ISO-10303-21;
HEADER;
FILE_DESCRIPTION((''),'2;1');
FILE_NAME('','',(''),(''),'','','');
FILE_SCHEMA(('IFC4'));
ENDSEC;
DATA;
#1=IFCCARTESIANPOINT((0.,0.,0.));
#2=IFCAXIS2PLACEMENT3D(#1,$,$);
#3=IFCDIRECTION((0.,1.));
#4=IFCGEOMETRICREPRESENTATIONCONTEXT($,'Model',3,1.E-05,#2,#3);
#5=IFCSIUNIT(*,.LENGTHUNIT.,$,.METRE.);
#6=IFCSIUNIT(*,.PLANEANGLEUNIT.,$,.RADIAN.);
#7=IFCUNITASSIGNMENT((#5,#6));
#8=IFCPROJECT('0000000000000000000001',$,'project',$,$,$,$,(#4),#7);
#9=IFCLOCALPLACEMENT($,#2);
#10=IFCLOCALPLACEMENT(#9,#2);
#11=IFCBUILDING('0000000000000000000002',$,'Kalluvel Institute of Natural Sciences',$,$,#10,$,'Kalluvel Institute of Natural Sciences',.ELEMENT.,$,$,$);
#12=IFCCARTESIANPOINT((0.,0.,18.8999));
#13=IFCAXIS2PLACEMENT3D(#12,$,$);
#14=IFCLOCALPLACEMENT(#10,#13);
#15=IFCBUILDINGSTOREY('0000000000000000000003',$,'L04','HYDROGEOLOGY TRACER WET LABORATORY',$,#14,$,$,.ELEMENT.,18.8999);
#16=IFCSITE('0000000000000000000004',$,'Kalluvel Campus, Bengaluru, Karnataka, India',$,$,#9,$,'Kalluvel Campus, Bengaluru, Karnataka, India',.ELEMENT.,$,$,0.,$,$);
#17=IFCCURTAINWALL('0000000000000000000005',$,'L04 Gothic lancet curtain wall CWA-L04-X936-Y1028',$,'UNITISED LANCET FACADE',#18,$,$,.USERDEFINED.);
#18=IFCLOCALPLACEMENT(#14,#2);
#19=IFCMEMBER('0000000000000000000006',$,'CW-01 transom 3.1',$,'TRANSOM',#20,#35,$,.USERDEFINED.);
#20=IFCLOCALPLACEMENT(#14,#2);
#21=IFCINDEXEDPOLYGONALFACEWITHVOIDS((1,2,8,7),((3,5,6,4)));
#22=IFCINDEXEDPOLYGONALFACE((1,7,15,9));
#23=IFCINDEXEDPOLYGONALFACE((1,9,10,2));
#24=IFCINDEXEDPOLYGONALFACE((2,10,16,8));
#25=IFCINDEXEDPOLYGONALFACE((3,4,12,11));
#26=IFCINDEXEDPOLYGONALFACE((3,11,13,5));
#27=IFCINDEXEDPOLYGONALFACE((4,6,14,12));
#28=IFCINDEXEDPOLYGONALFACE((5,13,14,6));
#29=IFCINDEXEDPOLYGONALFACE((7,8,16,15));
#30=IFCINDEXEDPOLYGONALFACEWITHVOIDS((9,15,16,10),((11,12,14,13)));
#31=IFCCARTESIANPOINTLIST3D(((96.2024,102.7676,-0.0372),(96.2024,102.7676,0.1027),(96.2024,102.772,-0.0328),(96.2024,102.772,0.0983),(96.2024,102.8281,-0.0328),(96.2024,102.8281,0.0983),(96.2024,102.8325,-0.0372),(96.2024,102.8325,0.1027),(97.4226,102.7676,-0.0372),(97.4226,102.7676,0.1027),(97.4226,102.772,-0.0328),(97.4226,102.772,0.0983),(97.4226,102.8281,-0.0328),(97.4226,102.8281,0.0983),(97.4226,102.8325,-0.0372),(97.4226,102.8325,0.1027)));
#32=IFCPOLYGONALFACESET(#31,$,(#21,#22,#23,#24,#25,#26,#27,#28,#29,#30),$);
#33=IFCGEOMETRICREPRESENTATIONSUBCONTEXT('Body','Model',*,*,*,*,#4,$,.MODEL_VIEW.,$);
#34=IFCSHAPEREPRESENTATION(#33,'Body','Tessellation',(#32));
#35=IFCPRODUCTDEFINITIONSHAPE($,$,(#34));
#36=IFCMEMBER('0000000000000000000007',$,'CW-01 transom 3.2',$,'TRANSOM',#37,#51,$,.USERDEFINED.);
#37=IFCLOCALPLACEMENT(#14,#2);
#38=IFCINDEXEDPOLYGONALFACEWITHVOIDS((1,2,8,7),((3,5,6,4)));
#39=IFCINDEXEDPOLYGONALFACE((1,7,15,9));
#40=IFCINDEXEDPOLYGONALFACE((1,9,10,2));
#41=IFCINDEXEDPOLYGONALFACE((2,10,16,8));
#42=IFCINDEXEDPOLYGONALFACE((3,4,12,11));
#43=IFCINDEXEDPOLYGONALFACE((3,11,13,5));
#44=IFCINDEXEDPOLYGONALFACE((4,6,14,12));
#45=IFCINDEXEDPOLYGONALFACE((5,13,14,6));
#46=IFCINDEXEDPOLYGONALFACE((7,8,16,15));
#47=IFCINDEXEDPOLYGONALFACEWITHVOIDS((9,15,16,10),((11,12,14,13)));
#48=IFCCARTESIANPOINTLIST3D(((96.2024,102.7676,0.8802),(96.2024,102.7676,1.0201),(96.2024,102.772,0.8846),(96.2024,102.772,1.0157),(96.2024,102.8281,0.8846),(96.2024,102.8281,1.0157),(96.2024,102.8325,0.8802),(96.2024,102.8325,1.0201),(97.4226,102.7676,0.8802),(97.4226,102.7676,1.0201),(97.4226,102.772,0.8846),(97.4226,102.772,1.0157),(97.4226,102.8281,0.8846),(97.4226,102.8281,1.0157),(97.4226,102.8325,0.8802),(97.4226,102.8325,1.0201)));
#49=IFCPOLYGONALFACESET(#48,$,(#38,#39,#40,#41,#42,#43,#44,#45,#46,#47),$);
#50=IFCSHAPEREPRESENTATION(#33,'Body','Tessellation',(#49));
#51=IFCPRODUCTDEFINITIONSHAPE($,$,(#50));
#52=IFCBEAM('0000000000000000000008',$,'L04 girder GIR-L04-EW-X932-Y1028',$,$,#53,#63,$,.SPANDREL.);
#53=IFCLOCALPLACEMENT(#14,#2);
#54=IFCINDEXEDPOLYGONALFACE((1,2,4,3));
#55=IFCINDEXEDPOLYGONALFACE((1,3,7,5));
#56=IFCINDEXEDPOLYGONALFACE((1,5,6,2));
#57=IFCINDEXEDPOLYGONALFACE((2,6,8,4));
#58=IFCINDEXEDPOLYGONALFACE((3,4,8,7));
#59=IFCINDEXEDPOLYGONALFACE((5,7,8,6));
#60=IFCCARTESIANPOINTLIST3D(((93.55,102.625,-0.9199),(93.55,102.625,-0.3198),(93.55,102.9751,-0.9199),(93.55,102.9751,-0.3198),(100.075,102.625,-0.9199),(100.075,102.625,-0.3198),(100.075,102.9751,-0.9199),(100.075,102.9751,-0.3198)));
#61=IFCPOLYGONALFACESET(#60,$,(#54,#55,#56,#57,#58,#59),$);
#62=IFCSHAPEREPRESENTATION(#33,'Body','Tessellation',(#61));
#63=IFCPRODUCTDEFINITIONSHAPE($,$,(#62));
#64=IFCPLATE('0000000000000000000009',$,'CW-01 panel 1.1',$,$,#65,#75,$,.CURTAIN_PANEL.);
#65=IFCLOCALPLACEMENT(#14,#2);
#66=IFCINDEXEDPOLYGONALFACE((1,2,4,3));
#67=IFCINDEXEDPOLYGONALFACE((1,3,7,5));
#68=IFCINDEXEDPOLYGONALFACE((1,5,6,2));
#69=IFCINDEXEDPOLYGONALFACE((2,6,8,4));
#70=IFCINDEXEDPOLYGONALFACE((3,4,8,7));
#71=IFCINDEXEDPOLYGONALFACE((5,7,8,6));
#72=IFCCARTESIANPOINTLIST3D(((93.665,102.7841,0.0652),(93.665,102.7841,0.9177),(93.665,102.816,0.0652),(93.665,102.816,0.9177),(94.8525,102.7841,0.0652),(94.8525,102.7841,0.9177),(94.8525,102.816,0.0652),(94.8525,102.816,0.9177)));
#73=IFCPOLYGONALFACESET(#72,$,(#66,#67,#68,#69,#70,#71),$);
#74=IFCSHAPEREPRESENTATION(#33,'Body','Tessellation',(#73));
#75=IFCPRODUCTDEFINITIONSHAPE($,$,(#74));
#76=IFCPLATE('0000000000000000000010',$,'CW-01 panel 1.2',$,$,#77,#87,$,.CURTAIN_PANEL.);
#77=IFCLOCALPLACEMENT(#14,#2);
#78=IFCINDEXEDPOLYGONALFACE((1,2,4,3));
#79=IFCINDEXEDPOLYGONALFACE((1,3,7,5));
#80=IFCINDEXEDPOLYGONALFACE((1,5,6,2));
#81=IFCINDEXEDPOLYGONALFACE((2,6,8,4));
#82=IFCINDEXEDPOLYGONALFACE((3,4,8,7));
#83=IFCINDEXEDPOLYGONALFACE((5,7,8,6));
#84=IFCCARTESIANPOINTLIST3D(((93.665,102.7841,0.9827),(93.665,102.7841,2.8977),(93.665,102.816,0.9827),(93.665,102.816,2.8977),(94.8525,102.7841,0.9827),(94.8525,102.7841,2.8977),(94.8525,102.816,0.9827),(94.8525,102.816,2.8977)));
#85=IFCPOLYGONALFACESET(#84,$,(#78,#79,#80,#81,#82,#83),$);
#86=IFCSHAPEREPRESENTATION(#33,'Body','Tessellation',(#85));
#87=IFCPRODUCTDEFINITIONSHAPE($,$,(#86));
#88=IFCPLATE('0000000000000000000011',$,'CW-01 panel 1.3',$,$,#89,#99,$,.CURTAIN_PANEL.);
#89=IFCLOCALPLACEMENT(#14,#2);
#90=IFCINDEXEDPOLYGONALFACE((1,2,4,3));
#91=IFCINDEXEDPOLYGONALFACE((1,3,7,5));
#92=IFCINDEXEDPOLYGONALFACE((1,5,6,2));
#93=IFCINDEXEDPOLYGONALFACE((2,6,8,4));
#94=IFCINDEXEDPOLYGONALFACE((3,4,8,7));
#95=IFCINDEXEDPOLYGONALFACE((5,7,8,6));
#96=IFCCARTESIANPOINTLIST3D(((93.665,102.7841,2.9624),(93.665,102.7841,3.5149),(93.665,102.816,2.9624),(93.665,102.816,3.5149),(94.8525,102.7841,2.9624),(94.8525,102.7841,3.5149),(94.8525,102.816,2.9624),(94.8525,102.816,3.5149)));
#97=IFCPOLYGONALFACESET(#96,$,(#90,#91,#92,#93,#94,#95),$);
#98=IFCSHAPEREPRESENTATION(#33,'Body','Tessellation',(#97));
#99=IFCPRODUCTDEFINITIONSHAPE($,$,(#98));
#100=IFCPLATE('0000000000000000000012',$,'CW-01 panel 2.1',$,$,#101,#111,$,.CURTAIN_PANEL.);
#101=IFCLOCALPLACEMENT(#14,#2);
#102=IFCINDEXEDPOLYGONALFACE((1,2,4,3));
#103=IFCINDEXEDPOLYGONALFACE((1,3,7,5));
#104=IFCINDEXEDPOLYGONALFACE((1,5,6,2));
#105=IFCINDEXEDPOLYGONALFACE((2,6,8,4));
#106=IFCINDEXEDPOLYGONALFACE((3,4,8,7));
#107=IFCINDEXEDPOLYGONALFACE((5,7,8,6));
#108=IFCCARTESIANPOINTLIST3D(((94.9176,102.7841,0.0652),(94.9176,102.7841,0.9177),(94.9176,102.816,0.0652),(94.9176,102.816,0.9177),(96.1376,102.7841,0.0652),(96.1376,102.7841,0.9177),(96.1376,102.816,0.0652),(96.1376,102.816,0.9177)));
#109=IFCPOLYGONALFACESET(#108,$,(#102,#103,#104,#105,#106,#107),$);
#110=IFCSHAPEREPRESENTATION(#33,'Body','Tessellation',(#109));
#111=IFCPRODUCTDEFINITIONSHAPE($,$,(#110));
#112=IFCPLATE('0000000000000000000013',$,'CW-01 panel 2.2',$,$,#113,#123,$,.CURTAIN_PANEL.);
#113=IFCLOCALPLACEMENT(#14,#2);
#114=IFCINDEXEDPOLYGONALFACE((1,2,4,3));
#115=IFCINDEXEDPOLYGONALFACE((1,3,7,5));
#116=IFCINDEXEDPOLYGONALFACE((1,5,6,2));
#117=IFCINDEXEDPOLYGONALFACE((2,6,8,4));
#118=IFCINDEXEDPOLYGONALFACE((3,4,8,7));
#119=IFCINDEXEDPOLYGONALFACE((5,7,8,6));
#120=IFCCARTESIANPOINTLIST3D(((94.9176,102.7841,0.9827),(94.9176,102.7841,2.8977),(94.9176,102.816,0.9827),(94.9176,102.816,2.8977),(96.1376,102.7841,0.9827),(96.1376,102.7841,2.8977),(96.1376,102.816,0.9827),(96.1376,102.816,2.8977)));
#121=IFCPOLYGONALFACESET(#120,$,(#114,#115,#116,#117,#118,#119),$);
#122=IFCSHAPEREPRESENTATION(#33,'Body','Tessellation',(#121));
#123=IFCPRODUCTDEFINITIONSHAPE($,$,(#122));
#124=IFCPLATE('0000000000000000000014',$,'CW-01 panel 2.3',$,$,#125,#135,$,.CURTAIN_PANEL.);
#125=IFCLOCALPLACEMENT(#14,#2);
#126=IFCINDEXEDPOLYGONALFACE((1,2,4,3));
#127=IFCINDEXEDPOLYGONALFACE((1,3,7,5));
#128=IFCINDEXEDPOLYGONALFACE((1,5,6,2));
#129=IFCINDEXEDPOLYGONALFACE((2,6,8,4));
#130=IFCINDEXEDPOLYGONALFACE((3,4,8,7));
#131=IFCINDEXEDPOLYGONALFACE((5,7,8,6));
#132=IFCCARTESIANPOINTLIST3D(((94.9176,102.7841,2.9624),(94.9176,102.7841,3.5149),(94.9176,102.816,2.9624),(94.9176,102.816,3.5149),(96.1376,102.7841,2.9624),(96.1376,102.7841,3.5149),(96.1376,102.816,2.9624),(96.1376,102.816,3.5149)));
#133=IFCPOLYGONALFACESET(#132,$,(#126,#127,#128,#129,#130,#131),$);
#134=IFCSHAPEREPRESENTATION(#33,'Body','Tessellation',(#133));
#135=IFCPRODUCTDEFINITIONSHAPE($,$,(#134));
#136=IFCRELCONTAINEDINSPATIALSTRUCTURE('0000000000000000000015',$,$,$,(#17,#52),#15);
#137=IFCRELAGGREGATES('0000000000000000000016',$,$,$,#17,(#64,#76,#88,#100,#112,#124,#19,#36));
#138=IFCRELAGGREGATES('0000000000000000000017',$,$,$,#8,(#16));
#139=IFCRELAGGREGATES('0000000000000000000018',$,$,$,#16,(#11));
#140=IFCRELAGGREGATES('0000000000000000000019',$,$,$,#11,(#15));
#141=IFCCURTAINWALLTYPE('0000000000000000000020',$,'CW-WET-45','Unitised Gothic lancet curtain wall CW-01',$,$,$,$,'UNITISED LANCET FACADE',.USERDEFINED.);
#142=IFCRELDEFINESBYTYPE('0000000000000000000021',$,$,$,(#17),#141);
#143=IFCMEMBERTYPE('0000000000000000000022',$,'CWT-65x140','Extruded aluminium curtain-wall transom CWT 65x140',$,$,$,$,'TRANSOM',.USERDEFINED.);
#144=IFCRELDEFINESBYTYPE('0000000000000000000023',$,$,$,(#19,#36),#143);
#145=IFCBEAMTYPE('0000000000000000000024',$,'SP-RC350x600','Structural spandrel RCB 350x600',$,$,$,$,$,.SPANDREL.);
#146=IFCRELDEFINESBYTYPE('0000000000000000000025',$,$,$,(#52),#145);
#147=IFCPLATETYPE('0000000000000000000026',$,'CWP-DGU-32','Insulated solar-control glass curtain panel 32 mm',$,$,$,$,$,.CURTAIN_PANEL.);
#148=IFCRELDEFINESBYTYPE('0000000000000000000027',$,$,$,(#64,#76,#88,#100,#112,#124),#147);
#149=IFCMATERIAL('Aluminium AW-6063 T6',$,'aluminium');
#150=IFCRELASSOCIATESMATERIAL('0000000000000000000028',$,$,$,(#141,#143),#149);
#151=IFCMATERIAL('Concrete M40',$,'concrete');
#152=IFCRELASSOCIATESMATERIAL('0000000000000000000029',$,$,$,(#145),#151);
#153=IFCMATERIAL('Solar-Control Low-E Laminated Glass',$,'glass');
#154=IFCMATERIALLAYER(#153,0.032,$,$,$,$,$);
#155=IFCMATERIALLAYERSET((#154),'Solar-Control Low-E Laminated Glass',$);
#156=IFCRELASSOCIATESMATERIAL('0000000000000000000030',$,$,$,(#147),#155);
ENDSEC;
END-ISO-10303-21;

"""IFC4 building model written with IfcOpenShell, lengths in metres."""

from ifc_helpers import new_model, si_unit, direction, frame, origin, origin_2d, place, context, subcontext, project, spatial, rectangle, hollow_rectangle, extrude, material, layer, layer_set, material_profile, profile_set, type_object, element, aggregate, save


model = new_model("IFC4")

# Units and contexts
model_context = context("Model", 3, precision=1e-05, world=origin(), true_north=direction((0.0, 1.0)))
body_context = subcontext(model_context, "Body", "Model", "MODEL_VIEW")
ifc_project = project(units=[si_unit("LENGTHUNIT", "METRE"), si_unit("PLANEANGLEUNIT", "RADIAN")], contexts=[model_context])

# Site, building, storey
site_placement = place(None, origin())
site = spatial("IfcSite", under=ifc_project, at=site_placement, Name="Kalluvel Campus, Bengaluru, Karnataka, India", LongName="Kalluvel Campus, Bengaluru, Karnataka, India", CompositionType="ELEMENT", RefElevation=0.0)
building_placement = place(site_placement, origin())
building = spatial("IfcBuilding", under=site, at=building_placement, Name="Kalluvel Institute of Natural Sciences", LongName="Kalluvel Institute of Natural Sciences", CompositionType="ELEMENT")
storey_placement = place(building_placement, frame((0.0, 0.0, 18.8999)))
storey = spatial("IfcBuildingStorey", under=building, at=storey_placement, Name="L04", Description="HYDROGEOLOGY TRACER WET LABORATORY", CompositionType="ELEMENT", Elevation=18.8999)

# Curtain wall, members
ifc_material_1 = material(Name="Aluminium AW-6063 T6", Category="aluminium")
curtain_wall_type = type_object("IfcCurtainWallType", Name="CW-WET-45", Description="Unitised Gothic lancet curtain wall CW-01", ElementType="UNITISED LANCET FACADE", PredefinedType="USERDEFINED", material=ifc_material_1)
curtain_wall_placement = place(storey_placement, origin())
curtain_wall = element("IfcCurtainWall", 1, at=curtain_wall_placement, inside=storey, type_object=curtain_wall_type, Name="L04 Gothic lancet curtain wall CWA-L04-X936-Y1028", ObjectType="UNITISED LANCET FACADE", PredefinedType="USERDEFINED")
ifc_material_profile_1 = material_profile(ifc_material_1, hollow_rectangle(XDim=0.0649, YDim=0.1399, WallThickness=0.0044, at=origin_2d()), Name="CWT 65x140")
ifc_profile_set_1 = profile_set([ifc_material_profile_1], Name="Aluminium AW-6063 T6")
member_type_1 = type_object("IfcMemberType", Name="CWT-65x140", Description="Extruded aluminium curtain-wall transom CWT 65x140", ElementType="TRANSOM", PredefinedType="USERDEFINED", material=ifc_profile_set_1)
member_1_placement = place(storey_placement, frame((96.2024, 102.8, 0.0327), z_axis=(1.0, 0.0, 0.0), x_axis=(0.0, 1.0, 0.0)))
member_1 = element("IfcMember", 2, at=member_1_placement, type_object=member_type_1, Name="CW-01 transom 3.1", ObjectType="TRANSOM", PredefinedType="USERDEFINED", context=body_context, shape_type="SweptSolid", body=[
    extrude(hollow_rectangle(XDim=0.0649, YDim=0.1399, WallThickness=0.0044, at=origin_2d()), origin(), (0.0, 0.0, 1.0), 1.2202),
])
member_2_placement = place(storey_placement, frame((96.2024, 102.8, 0.9502), z_axis=(1.0, 0.0, 0.0), x_axis=(0.0, 1.0, 0.0)))
member_2 = element("IfcMember", 3, at=member_2_placement, type_object=member_type_1, Name="CW-01 transom 3.2", ObjectType="TRANSOM", PredefinedType="USERDEFINED", context=body_context, shape_type="SweptSolid", body=[
    extrude(hollow_rectangle(XDim=0.0649, YDim=0.1399, WallThickness=0.0044, at=origin_2d()), origin(), (0.0, 0.0, 1.0), 1.2202),
])

# Beam
ifc_material_2 = material(Name="Concrete M40", Category="concrete")
ifc_material_profile_2 = material_profile(ifc_material_2, rectangle(XDim=0.3501, YDim=0.6001, at=origin_2d()), Name="RCB 350x600")
ifc_profile_set_2 = profile_set([ifc_material_profile_2], Name="Concrete M40")
beam_type = type_object("IfcBeamType", Name="SP-RC350x600", Description="Structural spandrel RCB 350x600", PredefinedType="SPANDREL", material=ifc_profile_set_2)
beam_placement = place(storey_placement, frame((93.55, 102.8, -0.6199), z_axis=(1.0, 0.0, 0.0), x_axis=(0.0, 1.0, 0.0)))
element("IfcBeam", 4, at=beam_placement, inside=storey, type_object=beam_type, Name="L04 girder GIR-L04-EW-X932-Y1028", PredefinedType="SPANDREL", context=body_context, shape_type="SweptSolid", body=[
    extrude(rectangle(XDim=0.3501, YDim=0.6001, at=origin_2d()), origin(), (0.0, 0.0, 1.0), 6.5249),
])

# Plates
ifc_material_3 = material(Name="Solar-Control Low-E Laminated Glass", Category="glass")
ifc_layer = layer(ifc_material_3, 0.032)
ifc_layer_set = layer_set([ifc_layer], Name="Solar-Control Low-E Laminated Glass")
plate_type = type_object("IfcPlateType", Name="CWP-DGU-32", Description="Insulated solar-control glass curtain panel 32 mm", PredefinedType="CURTAIN_PANEL", material=ifc_layer_set)
plate_1_placement = place(storey_placement, frame((94.2588, 102.8, 0.0652), z_axis=(0.0, 0.0, 1.0), x_axis=(1.0, 0.0, 0.0)))
plate_1 = element("IfcPlate", 5, at=plate_1_placement, type_object=plate_type, Name="CW-01 panel 1.1", PredefinedType="CURTAIN_PANEL", context=body_context, shape_type="SweptSolid", body=[
    extrude(rectangle(XDim=1.1875, YDim=0.032, at=origin_2d()), origin(), (0.0, 0.0, 1.0), 0.8525),
])
plate_2_placement = place(storey_placement, frame((94.2588, 102.8, 0.9827), z_axis=(0.0, 0.0, 1.0), x_axis=(1.0, 0.0, 0.0)))
plate_2 = element("IfcPlate", 6, at=plate_2_placement, type_object=plate_type, Name="CW-01 panel 1.2", PredefinedType="CURTAIN_PANEL", context=body_context, shape_type="SweptSolid", body=[
    extrude(rectangle(XDim=1.1875, YDim=0.032, at=origin_2d()), origin(), (0.0, 0.0, 1.0), 1.915),
])
plate_3_placement = place(storey_placement, frame((94.2588, 102.8, 2.9624), z_axis=(0.0, 0.0, 1.0), x_axis=(1.0, 0.0, 0.0)))
plate_3 = element("IfcPlate", 7, at=plate_3_placement, type_object=plate_type, Name="CW-01 panel 1.3", PredefinedType="CURTAIN_PANEL", context=body_context, shape_type="SweptSolid", body=[
    extrude(rectangle(XDim=1.1875, YDim=0.032, at=origin_2d()), origin(), (0.0, 0.0, 1.0), 0.5525),
])
plate_4_placement = place(storey_placement, frame((95.5276, 102.8, 0.0652), z_axis=(0.0, 0.0, 1.0), x_axis=(1.0, 0.0, 0.0)))
plate_4 = element("IfcPlate", 8, at=plate_4_placement, type_object=plate_type, Name="CW-01 panel 2.1", PredefinedType="CURTAIN_PANEL", context=body_context, shape_type="SweptSolid", body=[
    extrude(rectangle(XDim=1.22, YDim=0.032, at=origin_2d()), origin(), (0.0, 0.0, 1.0), 0.8525),
])
plate_5_placement = place(storey_placement, frame((95.5276, 102.8, 0.9827), z_axis=(0.0, 0.0, 1.0), x_axis=(1.0, 0.0, 0.0)))
plate_5 = element("IfcPlate", 9, at=plate_5_placement, type_object=plate_type, Name="CW-01 panel 2.2", PredefinedType="CURTAIN_PANEL", context=body_context, shape_type="SweptSolid", body=[
    extrude(rectangle(XDim=1.22, YDim=0.032, at=origin_2d()), origin(), (0.0, 0.0, 1.0), 1.915),
])
plate_6_placement = place(storey_placement, frame((95.5276, 102.8, 2.9624), z_axis=(0.0, 0.0, 1.0), x_axis=(1.0, 0.0, 0.0)))
plate_6 = element("IfcPlate", 10, at=plate_6_placement, type_object=plate_type, Name="CW-01 panel 2.3", PredefinedType="CURTAIN_PANEL", context=body_context, shape_type="SweptSolid", body=[
    extrude(rectangle(XDim=1.22, YDim=0.032, at=origin_2d()), origin(), (0.0, 0.0, 1.0), 0.5525),
])
aggregate(curtain_wall, [plate_1, plate_2, plate_3, plate_4, plate_5, plate_6, member_1, member_2])

save(model, "model.ifc")
